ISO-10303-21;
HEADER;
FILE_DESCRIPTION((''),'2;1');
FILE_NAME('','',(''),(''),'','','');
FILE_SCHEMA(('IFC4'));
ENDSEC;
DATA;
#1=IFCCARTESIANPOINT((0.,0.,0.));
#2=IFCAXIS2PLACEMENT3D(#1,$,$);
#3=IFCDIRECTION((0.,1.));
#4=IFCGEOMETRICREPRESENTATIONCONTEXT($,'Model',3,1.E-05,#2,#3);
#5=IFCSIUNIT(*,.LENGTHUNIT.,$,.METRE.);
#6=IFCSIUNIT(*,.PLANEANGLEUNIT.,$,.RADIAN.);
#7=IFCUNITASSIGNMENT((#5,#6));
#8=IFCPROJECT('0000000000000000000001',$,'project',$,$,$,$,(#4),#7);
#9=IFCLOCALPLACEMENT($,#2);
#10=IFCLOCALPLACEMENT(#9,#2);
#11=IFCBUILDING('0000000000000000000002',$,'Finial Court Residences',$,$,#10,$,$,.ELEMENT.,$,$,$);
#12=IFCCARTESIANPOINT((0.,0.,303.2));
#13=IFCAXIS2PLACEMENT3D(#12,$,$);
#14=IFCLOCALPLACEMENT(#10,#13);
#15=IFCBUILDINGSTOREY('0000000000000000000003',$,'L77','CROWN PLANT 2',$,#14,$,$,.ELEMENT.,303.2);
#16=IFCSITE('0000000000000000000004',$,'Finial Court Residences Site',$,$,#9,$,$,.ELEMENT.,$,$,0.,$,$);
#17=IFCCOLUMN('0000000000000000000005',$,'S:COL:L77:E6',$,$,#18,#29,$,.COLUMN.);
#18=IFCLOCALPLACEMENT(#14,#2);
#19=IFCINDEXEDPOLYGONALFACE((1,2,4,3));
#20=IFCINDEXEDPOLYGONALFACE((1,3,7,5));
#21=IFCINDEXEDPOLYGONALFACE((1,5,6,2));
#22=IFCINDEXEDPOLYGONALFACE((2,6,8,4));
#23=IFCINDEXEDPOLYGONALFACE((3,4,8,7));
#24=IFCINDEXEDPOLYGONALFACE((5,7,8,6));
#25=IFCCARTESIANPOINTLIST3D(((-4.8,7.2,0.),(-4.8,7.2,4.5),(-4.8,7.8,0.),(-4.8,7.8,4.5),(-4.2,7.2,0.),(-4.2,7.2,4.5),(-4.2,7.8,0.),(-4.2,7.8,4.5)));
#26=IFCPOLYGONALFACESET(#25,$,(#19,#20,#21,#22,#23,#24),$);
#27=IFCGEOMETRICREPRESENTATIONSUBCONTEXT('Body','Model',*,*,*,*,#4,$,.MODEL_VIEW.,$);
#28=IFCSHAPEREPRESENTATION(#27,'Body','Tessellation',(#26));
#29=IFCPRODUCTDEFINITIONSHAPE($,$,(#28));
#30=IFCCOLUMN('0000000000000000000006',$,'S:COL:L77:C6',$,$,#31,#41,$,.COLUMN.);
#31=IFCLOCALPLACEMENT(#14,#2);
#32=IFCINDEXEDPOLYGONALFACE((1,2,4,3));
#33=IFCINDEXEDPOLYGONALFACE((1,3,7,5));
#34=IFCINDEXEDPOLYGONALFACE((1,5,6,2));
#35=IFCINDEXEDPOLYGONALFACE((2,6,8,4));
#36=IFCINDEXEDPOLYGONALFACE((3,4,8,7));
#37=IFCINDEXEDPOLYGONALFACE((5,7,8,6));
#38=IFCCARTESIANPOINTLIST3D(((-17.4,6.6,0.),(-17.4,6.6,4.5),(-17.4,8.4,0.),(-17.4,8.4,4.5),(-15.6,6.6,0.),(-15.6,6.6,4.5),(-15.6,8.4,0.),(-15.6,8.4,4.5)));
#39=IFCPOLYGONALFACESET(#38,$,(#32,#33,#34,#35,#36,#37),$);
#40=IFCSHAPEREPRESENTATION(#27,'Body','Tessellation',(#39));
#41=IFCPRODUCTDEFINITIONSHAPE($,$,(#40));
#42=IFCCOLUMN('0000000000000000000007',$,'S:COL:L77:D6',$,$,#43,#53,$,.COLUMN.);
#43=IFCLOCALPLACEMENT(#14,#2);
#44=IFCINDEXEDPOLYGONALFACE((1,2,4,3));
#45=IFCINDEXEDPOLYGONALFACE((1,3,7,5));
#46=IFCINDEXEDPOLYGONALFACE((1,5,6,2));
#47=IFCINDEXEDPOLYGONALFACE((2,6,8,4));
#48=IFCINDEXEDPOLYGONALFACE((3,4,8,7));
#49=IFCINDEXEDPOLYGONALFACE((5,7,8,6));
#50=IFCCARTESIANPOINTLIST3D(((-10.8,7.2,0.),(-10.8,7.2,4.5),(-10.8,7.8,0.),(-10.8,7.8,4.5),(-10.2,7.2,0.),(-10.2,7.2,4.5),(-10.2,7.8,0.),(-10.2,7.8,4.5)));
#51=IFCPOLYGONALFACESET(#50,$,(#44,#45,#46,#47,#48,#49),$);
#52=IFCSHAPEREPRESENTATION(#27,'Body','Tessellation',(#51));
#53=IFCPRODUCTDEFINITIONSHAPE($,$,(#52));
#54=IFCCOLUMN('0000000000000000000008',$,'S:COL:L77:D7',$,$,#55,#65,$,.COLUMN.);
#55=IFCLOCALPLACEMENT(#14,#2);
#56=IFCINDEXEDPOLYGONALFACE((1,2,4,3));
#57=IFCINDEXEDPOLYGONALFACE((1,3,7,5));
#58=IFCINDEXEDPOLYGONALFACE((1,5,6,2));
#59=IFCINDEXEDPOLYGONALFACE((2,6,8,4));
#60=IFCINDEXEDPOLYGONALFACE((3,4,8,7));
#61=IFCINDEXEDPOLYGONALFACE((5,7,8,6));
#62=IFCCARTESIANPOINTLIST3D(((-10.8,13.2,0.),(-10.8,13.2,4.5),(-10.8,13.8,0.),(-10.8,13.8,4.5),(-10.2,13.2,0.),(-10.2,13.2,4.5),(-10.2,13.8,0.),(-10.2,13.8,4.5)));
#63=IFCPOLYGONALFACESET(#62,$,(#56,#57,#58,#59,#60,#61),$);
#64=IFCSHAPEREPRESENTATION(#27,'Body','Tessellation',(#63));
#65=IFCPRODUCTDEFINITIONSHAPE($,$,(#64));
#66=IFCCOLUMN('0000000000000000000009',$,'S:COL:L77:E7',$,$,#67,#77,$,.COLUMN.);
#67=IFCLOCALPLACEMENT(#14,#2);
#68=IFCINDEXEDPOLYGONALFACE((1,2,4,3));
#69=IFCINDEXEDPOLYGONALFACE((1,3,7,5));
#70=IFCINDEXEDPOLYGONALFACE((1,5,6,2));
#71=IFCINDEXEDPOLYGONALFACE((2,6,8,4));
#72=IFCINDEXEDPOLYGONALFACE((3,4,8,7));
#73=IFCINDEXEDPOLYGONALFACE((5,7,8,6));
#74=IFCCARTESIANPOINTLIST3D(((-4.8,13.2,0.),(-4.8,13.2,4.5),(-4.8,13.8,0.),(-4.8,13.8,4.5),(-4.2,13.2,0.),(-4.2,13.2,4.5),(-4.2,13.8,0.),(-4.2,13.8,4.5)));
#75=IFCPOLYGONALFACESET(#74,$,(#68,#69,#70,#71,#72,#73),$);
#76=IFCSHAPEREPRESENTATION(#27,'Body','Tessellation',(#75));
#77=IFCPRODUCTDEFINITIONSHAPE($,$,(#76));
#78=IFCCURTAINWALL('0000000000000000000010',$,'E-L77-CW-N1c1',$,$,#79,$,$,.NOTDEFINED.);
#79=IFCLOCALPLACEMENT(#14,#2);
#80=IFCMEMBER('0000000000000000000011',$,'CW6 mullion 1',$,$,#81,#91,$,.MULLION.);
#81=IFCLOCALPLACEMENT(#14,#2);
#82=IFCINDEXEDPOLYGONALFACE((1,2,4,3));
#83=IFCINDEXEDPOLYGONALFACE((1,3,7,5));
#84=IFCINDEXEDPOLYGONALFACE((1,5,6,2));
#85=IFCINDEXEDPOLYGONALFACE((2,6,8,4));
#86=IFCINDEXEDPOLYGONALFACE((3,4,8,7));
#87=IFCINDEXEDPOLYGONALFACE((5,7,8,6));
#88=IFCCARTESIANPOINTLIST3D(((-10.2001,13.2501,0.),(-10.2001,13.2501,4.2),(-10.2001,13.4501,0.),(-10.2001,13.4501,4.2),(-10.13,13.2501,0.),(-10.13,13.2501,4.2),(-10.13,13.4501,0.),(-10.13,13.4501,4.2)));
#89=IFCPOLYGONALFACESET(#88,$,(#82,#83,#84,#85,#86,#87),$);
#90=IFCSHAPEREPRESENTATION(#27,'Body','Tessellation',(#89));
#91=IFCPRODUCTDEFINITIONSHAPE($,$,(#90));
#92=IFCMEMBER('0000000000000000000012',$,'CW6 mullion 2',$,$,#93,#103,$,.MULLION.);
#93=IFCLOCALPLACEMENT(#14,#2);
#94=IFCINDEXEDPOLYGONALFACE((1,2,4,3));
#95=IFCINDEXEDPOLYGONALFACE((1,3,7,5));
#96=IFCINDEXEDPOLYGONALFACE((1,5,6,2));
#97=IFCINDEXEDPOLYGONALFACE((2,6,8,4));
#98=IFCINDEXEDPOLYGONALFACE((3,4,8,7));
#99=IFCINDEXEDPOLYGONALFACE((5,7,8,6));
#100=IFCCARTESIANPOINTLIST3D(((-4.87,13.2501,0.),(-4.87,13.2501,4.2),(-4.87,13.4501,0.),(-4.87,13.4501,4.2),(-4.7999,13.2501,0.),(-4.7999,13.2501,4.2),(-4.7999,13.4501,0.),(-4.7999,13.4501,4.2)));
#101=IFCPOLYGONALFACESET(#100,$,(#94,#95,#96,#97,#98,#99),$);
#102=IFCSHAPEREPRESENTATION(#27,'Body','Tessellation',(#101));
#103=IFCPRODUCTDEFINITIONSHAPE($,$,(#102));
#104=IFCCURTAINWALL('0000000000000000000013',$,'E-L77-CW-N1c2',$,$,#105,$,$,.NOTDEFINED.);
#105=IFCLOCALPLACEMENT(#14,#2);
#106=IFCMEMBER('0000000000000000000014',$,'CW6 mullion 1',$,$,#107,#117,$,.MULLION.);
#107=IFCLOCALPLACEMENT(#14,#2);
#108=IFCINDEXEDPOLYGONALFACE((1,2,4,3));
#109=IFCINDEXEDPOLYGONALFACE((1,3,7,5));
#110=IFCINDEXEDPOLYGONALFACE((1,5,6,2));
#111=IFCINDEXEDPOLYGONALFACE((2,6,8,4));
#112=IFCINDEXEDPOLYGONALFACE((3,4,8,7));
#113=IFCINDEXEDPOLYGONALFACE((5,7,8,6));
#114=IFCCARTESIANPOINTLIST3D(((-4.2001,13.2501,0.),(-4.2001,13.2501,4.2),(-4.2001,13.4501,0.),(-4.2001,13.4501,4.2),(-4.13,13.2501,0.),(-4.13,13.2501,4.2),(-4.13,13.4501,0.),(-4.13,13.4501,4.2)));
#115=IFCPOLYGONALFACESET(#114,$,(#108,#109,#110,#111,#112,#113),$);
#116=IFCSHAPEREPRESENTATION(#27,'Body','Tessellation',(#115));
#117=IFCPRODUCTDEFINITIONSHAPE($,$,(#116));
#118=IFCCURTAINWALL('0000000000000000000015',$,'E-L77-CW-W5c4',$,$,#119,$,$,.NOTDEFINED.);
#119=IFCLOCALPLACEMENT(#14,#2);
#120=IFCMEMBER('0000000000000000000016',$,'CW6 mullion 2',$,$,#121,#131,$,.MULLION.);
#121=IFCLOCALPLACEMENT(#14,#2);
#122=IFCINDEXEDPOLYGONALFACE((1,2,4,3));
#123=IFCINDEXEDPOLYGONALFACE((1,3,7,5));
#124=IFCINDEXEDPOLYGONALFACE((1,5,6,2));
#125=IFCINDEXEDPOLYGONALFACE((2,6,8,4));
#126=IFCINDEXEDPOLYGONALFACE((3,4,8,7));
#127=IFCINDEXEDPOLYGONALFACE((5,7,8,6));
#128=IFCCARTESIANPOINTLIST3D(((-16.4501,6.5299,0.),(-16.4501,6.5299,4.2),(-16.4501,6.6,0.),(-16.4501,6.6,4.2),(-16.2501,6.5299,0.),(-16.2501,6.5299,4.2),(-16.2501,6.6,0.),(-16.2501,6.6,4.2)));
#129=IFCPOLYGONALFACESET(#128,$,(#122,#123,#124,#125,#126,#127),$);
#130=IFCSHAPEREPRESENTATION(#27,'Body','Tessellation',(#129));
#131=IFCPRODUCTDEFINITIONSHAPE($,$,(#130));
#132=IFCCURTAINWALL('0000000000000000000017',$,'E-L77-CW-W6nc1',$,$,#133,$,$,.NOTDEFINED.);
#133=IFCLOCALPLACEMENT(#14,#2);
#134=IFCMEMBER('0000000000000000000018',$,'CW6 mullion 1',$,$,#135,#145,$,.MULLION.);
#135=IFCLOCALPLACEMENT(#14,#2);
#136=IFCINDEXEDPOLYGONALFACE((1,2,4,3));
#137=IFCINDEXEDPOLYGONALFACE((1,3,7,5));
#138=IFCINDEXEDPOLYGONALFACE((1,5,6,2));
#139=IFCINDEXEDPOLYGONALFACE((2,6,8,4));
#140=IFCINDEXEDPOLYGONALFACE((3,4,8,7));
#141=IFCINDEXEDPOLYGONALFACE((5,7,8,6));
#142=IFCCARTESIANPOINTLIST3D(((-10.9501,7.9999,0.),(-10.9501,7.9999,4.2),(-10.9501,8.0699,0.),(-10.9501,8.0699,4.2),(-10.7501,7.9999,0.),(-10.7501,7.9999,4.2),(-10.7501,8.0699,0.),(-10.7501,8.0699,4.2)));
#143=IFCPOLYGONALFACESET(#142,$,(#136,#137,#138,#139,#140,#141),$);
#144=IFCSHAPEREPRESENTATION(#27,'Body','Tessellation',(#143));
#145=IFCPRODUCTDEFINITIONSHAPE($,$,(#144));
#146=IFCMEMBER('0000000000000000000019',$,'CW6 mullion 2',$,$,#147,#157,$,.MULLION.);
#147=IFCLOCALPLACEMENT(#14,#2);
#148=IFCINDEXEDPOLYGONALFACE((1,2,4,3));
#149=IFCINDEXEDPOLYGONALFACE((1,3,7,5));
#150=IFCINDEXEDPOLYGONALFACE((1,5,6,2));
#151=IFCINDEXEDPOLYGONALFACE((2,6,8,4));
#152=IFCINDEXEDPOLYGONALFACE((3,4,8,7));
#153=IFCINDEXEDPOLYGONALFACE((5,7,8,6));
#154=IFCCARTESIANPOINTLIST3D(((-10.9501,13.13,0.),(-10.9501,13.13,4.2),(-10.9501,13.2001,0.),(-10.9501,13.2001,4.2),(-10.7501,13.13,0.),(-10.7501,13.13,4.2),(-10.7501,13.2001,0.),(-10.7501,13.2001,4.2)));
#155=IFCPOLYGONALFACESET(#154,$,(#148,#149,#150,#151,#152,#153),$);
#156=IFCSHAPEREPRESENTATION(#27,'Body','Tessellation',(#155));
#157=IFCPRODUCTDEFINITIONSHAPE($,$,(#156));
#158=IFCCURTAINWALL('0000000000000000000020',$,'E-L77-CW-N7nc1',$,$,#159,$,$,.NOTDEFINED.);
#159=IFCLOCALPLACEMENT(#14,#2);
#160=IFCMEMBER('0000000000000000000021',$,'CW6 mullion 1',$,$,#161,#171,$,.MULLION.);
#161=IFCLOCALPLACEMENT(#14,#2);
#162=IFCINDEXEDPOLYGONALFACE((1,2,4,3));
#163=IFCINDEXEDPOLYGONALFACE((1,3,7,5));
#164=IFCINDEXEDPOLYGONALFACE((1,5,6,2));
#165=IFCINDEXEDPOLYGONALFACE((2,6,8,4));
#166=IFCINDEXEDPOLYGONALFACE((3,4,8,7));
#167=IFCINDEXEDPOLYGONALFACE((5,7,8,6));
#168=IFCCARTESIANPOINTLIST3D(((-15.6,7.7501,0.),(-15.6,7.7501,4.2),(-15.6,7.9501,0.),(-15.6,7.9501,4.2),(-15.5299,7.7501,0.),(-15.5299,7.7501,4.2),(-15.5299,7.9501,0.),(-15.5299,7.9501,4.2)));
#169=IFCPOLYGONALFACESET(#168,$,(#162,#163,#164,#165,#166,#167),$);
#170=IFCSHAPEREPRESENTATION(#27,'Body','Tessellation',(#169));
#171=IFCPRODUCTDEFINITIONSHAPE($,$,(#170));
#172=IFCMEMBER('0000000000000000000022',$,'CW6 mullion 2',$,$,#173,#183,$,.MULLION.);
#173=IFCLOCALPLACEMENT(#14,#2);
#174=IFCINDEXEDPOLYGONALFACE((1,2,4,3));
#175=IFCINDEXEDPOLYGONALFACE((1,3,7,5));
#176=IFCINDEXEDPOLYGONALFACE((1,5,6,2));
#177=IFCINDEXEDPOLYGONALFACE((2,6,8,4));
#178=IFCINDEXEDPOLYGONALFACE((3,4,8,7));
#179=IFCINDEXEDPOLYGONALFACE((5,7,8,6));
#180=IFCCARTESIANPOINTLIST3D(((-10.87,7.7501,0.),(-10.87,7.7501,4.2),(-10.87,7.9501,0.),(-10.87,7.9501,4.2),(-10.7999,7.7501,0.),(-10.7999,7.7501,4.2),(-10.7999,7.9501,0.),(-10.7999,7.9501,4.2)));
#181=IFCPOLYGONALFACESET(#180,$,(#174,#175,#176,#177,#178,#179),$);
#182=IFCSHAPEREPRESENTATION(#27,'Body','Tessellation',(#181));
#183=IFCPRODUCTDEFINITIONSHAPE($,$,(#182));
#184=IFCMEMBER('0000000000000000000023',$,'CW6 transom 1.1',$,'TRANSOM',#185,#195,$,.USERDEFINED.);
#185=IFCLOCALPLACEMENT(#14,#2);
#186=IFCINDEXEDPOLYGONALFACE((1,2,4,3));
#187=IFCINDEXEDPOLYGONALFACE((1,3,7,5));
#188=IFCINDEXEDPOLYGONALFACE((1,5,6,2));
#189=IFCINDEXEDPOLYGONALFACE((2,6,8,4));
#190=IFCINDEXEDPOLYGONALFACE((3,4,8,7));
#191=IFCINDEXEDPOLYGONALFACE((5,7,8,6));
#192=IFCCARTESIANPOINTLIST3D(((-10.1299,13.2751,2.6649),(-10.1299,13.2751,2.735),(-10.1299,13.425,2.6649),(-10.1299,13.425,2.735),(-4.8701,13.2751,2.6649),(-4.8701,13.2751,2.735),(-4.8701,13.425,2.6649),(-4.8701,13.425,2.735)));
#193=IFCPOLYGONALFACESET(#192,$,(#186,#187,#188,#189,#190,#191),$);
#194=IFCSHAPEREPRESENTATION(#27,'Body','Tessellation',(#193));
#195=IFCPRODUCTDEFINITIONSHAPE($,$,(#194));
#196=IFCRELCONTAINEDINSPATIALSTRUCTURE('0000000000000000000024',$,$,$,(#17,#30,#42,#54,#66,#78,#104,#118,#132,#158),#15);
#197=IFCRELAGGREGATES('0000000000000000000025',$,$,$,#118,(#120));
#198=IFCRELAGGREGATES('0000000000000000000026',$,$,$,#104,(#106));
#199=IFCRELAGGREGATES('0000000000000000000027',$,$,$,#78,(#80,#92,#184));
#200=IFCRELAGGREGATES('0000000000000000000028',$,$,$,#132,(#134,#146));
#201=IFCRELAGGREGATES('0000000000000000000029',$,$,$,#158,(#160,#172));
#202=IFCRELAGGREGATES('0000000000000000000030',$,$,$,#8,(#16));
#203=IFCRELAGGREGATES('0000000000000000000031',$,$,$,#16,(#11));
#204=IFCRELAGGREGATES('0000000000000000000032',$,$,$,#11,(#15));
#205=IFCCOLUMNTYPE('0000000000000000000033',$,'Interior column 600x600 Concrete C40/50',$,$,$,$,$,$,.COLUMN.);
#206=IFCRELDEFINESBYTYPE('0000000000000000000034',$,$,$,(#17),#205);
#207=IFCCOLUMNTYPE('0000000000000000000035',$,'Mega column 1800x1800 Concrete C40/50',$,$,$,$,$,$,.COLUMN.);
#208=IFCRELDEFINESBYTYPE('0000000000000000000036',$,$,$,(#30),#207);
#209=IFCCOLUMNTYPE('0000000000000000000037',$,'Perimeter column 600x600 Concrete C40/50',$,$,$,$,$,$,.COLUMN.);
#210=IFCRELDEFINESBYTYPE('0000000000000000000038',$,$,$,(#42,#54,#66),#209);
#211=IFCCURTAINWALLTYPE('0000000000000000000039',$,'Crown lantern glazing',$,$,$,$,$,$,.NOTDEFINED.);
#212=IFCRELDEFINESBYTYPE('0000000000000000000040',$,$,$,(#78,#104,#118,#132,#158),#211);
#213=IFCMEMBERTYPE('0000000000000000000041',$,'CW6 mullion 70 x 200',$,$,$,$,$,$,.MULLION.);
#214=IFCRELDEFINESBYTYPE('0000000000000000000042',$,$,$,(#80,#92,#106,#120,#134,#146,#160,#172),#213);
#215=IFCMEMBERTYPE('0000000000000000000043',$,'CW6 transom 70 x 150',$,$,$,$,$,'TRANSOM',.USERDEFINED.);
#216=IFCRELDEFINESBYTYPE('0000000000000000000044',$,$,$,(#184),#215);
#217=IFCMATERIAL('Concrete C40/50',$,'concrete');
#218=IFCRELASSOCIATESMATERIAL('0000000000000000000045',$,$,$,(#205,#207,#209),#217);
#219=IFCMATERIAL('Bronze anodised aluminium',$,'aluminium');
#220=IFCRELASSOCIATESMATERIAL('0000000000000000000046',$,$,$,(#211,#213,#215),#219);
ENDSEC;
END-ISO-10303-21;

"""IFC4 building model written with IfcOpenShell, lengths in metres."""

from ifc_helpers import new_model, si_unit, direction, frame, origin, origin_2d, place, context, subcontext, project, spatial, rectangle, extrude, material, material_profile, profile_set, type_object, element, aggregate, save


model = new_model("IFC4")

# Units and contexts
model_context = context("Model", 3, precision=1e-05, world=origin(), true_north=direction((0.0, 1.0)))
body_context = subcontext(model_context, "Body", "Model", "MODEL_VIEW")
ifc_project = project(units=[si_unit("LENGTHUNIT", "METRE"), si_unit("PLANEANGLEUNIT", "RADIAN")], contexts=[model_context])

# Site, building, storey
site_placement = place(None, origin())
site = spatial("IfcSite", under=ifc_project, at=site_placement, Name="Finial Court Residences Site", CompositionType="ELEMENT", RefElevation=0.0)
building_placement = place(site_placement, origin())
building = spatial("IfcBuilding", under=site, at=building_placement, Name="Finial Court Residences", CompositionType="ELEMENT")
storey_placement = place(building_placement, frame((0.0, 0.0, 303.2)))
storey = spatial("IfcBuildingStorey", under=building, at=storey_placement, Name="L77", Description="CROWN PLANT 2", CompositionType="ELEMENT", Elevation=303.2)

# Columns
ifc_material_1 = material(Name="Concrete C40/50", Category="concrete")
ifc_material_profile_1 = material_profile(ifc_material_1, rectangle(XDim=0.6001, YDim=0.6001, at=origin_2d()), Name="600x600")
ifc_profile_set_1 = profile_set([ifc_material_profile_1], Name="Concrete C40/50")
column_type_1 = type_object("IfcColumnType", Name="Interior column 600x600 Concrete C40/50", PredefinedType="COLUMN", material=ifc_profile_set_1)
column_1_placement = place(storey_placement, frame((-4.5, 7.5, 0.0), z_axis=(0.0, 0.0, 1.0), x_axis=(1.0, 0.0, 0.0)))
element("IfcColumn", 1, at=column_1_placement, inside=storey, type_object=column_type_1, Name="S:COL:L77:E6", PredefinedType="COLUMN", context=body_context, shape_type="SweptSolid", body=[
    extrude(rectangle(XDim=0.6001, YDim=0.6001, at=origin_2d()), origin(), (0.0, 0.0, 1.0), 4.5),
])
ifc_material_profile_2 = material_profile(ifc_material_1, rectangle(XDim=1.8, YDim=1.8, at=origin_2d()), Name="1800x1800")
ifc_profile_set_2 = profile_set([ifc_material_profile_2], Name="Concrete C40/50")
column_type_2 = type_object("IfcColumnType", Name="Mega column 1800x1800 Concrete C40/50", PredefinedType="COLUMN", material=ifc_profile_set_2)
column_2_placement = place(storey_placement, frame((-16.5, 7.5, 0.0), z_axis=(0.0, 0.0, 1.0), x_axis=(1.0, 0.0, 0.0)))
element("IfcColumn", 2, at=column_2_placement, inside=storey, type_object=column_type_2, Name="S:COL:L77:C6", PredefinedType="COLUMN", context=body_context, shape_type="SweptSolid", body=[
    extrude(rectangle(XDim=1.8, YDim=1.8, at=origin_2d()), origin(), (0.0, 0.0, 1.0), 4.5),
])
ifc_material_profile_3 = material_profile(ifc_material_1, rectangle(XDim=0.6001, YDim=0.6001, at=origin_2d()), Name="600x600")
ifc_profile_set_3 = profile_set([ifc_material_profile_3], Name="Concrete C40/50")
column_type_3 = type_object("IfcColumnType", Name="Perimeter column 600x600 Concrete C40/50", PredefinedType="COLUMN", material=ifc_profile_set_3)
for number, where, z_axis, x_axis, name in (
    (3, (-10.5, 7.5, 0.0), (0.0, 0.0, 1.0), (1.0, 0.0, 0.0), "S:COL:L77:D6"),
    (4, (-10.5, 13.5, 0.0), (0.0, 0.0, 1.0), (1.0, 0.0, 0.0), "S:COL:L77:D7"),
    (5, (-4.5, 13.5, 0.0), (0.0, 0.0, 1.0), (1.0, 0.0, 0.0), "S:COL:L77:E7"),
):
    element("IfcColumn", number, at=place(storey_placement, frame(where, z_axis=z_axis, x_axis=x_axis)), inside=storey, type_object=column_type_3, Name=name, PredefinedType="COLUMN", context=body_context, shape_type="SweptSolid", body=[
        extrude(rectangle(XDim=0.6001, YDim=0.6001, at=origin_2d()), origin(), (0.0, 0.0, 1.0), 4.5),
    ])

# Curtain wall, members
ifc_material_2 = material(Name="Bronze anodised aluminium", Category="aluminium")
curtain_wall_type = type_object("IfcCurtainWallType", Name="Crown lantern glazing", PredefinedType="NOTDEFINED", material=ifc_material_2)
curtain_wall_1_placement = place(storey_placement, origin())
curtain_wall_1 = element("IfcCurtainWall", 6, at=curtain_wall_1_placement, inside=storey, type_object=curtain_wall_type, Name="E-L77-CW-N1c1", PredefinedType="NOTDEFINED")
ifc_material_profile_4 = material_profile(ifc_material_2, rectangle(XDim=0.2, YDim=0.0701, at=origin_2d()), Name="CW6 mullion 70 x 200")
ifc_profile_set_4 = profile_set([ifc_material_profile_4], Name="Bronze anodised aluminium")
member_type_1 = type_object("IfcMemberType", Name="CW6 mullion 70 x 200", PredefinedType="MULLION", material=ifc_profile_set_4)
member_1_placement = place(storey_placement, frame((-10.165, 13.3501, 0.0), z_axis=(0.0, 0.0, 1.0), x_axis=(0.0, 1.0, 0.0)))
member_1 = element("IfcMember", 7, at=member_1_placement, type_object=member_type_1, Name="CW6 mullion 1", PredefinedType="MULLION", context=body_context, shape_type="SweptSolid", body=[
    extrude(rectangle(XDim=0.2, YDim=0.0701, at=origin_2d()), origin(), (0.0, 0.0, 1.0), 4.2),
])
member_2_placement = place(storey_placement, frame((-4.835, 13.3501, 0.0), z_axis=(0.0, 0.0, 1.0), x_axis=(0.0, 1.0, 0.0)))
member_2 = element("IfcMember", 8, at=member_2_placement, type_object=member_type_1, Name="CW6 mullion 2", PredefinedType="MULLION", context=body_context, shape_type="SweptSolid", body=[
    extrude(rectangle(XDim=0.2, YDim=0.0701, at=origin_2d()), origin(), (0.0, 0.0, 1.0), 4.2),
])

# Curtain walls, members
curtain_wall_2_placement = place(storey_placement, origin())
curtain_wall_2 = element("IfcCurtainWall", 9, at=curtain_wall_2_placement, inside=storey, type_object=curtain_wall_type, Name="E-L77-CW-N1c2", PredefinedType="NOTDEFINED")
member_3_placement = place(storey_placement, frame((-4.165, 13.3501, 0.0), z_axis=(0.0, 0.0, 1.0), x_axis=(0.0, 1.0, 0.0)))
member_3 = element("IfcMember", 10, at=member_3_placement, type_object=member_type_1, Name="CW6 mullion 1", PredefinedType="MULLION", context=body_context, shape_type="SweptSolid", body=[
    extrude(rectangle(XDim=0.2, YDim=0.0701, at=origin_2d()), origin(), (0.0, 0.0, 1.0), 4.2),
])
curtain_wall_3_placement = place(storey_placement, origin())
curtain_wall_3 = element("IfcCurtainWall", 11, at=curtain_wall_3_placement, inside=storey, type_object=curtain_wall_type, Name="E-L77-CW-W5c4", PredefinedType="NOTDEFINED")
member_4_placement = place(storey_placement, frame((-16.3501, 6.5649, 0.0), z_axis=(0.0, 0.0, 1.0), x_axis=(-1.0, 0.0, 0.0)))
member_4 = element("IfcMember", 12, at=member_4_placement, type_object=member_type_1, Name="CW6 mullion 2", PredefinedType="MULLION", context=body_context, shape_type="SweptSolid", body=[
    extrude(rectangle(XDim=0.2, YDim=0.0701, at=origin_2d()), origin(), (0.0, 0.0, 1.0), 4.2),
])
aggregate(curtain_wall_3, [member_4])

# Curtain walls, members
curtain_wall_4_placement = place(storey_placement, origin())
curtain_wall_4 = element("IfcCurtainWall", 13, at=curtain_wall_4_placement, inside=storey, type_object=curtain_wall_type, Name="E-L77-CW-W6nc1", PredefinedType="NOTDEFINED")
member_5_placement = place(storey_placement, frame((-10.8501, 8.0349, 0.0), z_axis=(0.0, 0.0, 1.0), x_axis=(-1.0, 0.0, 0.0)))
member_5 = element("IfcMember", 14, at=member_5_placement, type_object=member_type_1, Name="CW6 mullion 1", PredefinedType="MULLION", context=body_context, shape_type="SweptSolid", body=[
    extrude(rectangle(XDim=0.2, YDim=0.0701, at=origin_2d()), origin(), (0.0, 0.0, 1.0), 4.2),
])
member_6_placement = place(storey_placement, frame((-10.8501, 13.165, 0.0), z_axis=(0.0, 0.0, 1.0), x_axis=(-1.0, 0.0, 0.0)))
member_6 = element("IfcMember", 15, at=member_6_placement, type_object=member_type_1, Name="CW6 mullion 2", PredefinedType="MULLION", context=body_context, shape_type="SweptSolid", body=[
    extrude(rectangle(XDim=0.2, YDim=0.0701, at=origin_2d()), origin(), (0.0, 0.0, 1.0), 4.2),
])
curtain_wall_5_placement = place(storey_placement, origin())
curtain_wall_5 = element("IfcCurtainWall", 16, at=curtain_wall_5_placement, inside=storey, type_object=curtain_wall_type, Name="E-L77-CW-N7nc1", PredefinedType="NOTDEFINED")
member_7_placement = place(storey_placement, frame((-15.5649, 7.8501, 0.0), z_axis=(0.0, 0.0, 1.0), x_axis=(0.0, 1.0, 0.0)))
member_7 = element("IfcMember", 17, at=member_7_placement, type_object=member_type_1, Name="CW6 mullion 1", PredefinedType="MULLION", context=body_context, shape_type="SweptSolid", body=[
    extrude(rectangle(XDim=0.2, YDim=0.0701, at=origin_2d()), origin(), (0.0, 0.0, 1.0), 4.2),
])
member_8_placement = place(storey_placement, frame((-10.835, 7.8501, 0.0), z_axis=(0.0, 0.0, 1.0), x_axis=(0.0, 1.0, 0.0)))
member_8 = element("IfcMember", 18, at=member_8_placement, type_object=member_type_1, Name="CW6 mullion 2", PredefinedType="MULLION", context=body_context, shape_type="SweptSolid", body=[
    extrude(rectangle(XDim=0.2, YDim=0.0701, at=origin_2d()), origin(), (0.0, 0.0, 1.0), 4.2),
])

# Member
ifc_material_profile_5 = material_profile(ifc_material_2, rectangle(XDim=0.1499, YDim=0.0701, at=origin_2d()), Name="CW6 transom 70 x 150")
ifc_profile_set_5 = profile_set([ifc_material_profile_5], Name="Bronze anodised aluminium")
member_type_2 = type_object("IfcMemberType", Name="CW6 transom 70 x 150", ElementType="TRANSOM", PredefinedType="USERDEFINED", material=ifc_profile_set_5)
member_9_placement = place(storey_placement, frame((-10.1299, 13.3501, 2.7), z_axis=(1.0, 0.0, 0.0), x_axis=(0.0, 1.0, 0.0)))
member_9 = element("IfcMember", 19, at=member_9_placement, type_object=member_type_2, Name="CW6 transom 1.1", ObjectType="TRANSOM", PredefinedType="USERDEFINED", context=body_context, shape_type="SweptSolid", body=[
    extrude(rectangle(XDim=0.1499, YDim=0.0701, at=origin_2d()), origin(), (0.0, 0.0, 1.0), 5.2598),
])
aggregate(curtain_wall_2, [member_3])

aggregate(curtain_wall_1, [member_1, member_2, member_9])
aggregate(curtain_wall_4, [member_5, member_6])
aggregate(curtain_wall_5, [member_7, member_8])

save(model, "model.ifc")
